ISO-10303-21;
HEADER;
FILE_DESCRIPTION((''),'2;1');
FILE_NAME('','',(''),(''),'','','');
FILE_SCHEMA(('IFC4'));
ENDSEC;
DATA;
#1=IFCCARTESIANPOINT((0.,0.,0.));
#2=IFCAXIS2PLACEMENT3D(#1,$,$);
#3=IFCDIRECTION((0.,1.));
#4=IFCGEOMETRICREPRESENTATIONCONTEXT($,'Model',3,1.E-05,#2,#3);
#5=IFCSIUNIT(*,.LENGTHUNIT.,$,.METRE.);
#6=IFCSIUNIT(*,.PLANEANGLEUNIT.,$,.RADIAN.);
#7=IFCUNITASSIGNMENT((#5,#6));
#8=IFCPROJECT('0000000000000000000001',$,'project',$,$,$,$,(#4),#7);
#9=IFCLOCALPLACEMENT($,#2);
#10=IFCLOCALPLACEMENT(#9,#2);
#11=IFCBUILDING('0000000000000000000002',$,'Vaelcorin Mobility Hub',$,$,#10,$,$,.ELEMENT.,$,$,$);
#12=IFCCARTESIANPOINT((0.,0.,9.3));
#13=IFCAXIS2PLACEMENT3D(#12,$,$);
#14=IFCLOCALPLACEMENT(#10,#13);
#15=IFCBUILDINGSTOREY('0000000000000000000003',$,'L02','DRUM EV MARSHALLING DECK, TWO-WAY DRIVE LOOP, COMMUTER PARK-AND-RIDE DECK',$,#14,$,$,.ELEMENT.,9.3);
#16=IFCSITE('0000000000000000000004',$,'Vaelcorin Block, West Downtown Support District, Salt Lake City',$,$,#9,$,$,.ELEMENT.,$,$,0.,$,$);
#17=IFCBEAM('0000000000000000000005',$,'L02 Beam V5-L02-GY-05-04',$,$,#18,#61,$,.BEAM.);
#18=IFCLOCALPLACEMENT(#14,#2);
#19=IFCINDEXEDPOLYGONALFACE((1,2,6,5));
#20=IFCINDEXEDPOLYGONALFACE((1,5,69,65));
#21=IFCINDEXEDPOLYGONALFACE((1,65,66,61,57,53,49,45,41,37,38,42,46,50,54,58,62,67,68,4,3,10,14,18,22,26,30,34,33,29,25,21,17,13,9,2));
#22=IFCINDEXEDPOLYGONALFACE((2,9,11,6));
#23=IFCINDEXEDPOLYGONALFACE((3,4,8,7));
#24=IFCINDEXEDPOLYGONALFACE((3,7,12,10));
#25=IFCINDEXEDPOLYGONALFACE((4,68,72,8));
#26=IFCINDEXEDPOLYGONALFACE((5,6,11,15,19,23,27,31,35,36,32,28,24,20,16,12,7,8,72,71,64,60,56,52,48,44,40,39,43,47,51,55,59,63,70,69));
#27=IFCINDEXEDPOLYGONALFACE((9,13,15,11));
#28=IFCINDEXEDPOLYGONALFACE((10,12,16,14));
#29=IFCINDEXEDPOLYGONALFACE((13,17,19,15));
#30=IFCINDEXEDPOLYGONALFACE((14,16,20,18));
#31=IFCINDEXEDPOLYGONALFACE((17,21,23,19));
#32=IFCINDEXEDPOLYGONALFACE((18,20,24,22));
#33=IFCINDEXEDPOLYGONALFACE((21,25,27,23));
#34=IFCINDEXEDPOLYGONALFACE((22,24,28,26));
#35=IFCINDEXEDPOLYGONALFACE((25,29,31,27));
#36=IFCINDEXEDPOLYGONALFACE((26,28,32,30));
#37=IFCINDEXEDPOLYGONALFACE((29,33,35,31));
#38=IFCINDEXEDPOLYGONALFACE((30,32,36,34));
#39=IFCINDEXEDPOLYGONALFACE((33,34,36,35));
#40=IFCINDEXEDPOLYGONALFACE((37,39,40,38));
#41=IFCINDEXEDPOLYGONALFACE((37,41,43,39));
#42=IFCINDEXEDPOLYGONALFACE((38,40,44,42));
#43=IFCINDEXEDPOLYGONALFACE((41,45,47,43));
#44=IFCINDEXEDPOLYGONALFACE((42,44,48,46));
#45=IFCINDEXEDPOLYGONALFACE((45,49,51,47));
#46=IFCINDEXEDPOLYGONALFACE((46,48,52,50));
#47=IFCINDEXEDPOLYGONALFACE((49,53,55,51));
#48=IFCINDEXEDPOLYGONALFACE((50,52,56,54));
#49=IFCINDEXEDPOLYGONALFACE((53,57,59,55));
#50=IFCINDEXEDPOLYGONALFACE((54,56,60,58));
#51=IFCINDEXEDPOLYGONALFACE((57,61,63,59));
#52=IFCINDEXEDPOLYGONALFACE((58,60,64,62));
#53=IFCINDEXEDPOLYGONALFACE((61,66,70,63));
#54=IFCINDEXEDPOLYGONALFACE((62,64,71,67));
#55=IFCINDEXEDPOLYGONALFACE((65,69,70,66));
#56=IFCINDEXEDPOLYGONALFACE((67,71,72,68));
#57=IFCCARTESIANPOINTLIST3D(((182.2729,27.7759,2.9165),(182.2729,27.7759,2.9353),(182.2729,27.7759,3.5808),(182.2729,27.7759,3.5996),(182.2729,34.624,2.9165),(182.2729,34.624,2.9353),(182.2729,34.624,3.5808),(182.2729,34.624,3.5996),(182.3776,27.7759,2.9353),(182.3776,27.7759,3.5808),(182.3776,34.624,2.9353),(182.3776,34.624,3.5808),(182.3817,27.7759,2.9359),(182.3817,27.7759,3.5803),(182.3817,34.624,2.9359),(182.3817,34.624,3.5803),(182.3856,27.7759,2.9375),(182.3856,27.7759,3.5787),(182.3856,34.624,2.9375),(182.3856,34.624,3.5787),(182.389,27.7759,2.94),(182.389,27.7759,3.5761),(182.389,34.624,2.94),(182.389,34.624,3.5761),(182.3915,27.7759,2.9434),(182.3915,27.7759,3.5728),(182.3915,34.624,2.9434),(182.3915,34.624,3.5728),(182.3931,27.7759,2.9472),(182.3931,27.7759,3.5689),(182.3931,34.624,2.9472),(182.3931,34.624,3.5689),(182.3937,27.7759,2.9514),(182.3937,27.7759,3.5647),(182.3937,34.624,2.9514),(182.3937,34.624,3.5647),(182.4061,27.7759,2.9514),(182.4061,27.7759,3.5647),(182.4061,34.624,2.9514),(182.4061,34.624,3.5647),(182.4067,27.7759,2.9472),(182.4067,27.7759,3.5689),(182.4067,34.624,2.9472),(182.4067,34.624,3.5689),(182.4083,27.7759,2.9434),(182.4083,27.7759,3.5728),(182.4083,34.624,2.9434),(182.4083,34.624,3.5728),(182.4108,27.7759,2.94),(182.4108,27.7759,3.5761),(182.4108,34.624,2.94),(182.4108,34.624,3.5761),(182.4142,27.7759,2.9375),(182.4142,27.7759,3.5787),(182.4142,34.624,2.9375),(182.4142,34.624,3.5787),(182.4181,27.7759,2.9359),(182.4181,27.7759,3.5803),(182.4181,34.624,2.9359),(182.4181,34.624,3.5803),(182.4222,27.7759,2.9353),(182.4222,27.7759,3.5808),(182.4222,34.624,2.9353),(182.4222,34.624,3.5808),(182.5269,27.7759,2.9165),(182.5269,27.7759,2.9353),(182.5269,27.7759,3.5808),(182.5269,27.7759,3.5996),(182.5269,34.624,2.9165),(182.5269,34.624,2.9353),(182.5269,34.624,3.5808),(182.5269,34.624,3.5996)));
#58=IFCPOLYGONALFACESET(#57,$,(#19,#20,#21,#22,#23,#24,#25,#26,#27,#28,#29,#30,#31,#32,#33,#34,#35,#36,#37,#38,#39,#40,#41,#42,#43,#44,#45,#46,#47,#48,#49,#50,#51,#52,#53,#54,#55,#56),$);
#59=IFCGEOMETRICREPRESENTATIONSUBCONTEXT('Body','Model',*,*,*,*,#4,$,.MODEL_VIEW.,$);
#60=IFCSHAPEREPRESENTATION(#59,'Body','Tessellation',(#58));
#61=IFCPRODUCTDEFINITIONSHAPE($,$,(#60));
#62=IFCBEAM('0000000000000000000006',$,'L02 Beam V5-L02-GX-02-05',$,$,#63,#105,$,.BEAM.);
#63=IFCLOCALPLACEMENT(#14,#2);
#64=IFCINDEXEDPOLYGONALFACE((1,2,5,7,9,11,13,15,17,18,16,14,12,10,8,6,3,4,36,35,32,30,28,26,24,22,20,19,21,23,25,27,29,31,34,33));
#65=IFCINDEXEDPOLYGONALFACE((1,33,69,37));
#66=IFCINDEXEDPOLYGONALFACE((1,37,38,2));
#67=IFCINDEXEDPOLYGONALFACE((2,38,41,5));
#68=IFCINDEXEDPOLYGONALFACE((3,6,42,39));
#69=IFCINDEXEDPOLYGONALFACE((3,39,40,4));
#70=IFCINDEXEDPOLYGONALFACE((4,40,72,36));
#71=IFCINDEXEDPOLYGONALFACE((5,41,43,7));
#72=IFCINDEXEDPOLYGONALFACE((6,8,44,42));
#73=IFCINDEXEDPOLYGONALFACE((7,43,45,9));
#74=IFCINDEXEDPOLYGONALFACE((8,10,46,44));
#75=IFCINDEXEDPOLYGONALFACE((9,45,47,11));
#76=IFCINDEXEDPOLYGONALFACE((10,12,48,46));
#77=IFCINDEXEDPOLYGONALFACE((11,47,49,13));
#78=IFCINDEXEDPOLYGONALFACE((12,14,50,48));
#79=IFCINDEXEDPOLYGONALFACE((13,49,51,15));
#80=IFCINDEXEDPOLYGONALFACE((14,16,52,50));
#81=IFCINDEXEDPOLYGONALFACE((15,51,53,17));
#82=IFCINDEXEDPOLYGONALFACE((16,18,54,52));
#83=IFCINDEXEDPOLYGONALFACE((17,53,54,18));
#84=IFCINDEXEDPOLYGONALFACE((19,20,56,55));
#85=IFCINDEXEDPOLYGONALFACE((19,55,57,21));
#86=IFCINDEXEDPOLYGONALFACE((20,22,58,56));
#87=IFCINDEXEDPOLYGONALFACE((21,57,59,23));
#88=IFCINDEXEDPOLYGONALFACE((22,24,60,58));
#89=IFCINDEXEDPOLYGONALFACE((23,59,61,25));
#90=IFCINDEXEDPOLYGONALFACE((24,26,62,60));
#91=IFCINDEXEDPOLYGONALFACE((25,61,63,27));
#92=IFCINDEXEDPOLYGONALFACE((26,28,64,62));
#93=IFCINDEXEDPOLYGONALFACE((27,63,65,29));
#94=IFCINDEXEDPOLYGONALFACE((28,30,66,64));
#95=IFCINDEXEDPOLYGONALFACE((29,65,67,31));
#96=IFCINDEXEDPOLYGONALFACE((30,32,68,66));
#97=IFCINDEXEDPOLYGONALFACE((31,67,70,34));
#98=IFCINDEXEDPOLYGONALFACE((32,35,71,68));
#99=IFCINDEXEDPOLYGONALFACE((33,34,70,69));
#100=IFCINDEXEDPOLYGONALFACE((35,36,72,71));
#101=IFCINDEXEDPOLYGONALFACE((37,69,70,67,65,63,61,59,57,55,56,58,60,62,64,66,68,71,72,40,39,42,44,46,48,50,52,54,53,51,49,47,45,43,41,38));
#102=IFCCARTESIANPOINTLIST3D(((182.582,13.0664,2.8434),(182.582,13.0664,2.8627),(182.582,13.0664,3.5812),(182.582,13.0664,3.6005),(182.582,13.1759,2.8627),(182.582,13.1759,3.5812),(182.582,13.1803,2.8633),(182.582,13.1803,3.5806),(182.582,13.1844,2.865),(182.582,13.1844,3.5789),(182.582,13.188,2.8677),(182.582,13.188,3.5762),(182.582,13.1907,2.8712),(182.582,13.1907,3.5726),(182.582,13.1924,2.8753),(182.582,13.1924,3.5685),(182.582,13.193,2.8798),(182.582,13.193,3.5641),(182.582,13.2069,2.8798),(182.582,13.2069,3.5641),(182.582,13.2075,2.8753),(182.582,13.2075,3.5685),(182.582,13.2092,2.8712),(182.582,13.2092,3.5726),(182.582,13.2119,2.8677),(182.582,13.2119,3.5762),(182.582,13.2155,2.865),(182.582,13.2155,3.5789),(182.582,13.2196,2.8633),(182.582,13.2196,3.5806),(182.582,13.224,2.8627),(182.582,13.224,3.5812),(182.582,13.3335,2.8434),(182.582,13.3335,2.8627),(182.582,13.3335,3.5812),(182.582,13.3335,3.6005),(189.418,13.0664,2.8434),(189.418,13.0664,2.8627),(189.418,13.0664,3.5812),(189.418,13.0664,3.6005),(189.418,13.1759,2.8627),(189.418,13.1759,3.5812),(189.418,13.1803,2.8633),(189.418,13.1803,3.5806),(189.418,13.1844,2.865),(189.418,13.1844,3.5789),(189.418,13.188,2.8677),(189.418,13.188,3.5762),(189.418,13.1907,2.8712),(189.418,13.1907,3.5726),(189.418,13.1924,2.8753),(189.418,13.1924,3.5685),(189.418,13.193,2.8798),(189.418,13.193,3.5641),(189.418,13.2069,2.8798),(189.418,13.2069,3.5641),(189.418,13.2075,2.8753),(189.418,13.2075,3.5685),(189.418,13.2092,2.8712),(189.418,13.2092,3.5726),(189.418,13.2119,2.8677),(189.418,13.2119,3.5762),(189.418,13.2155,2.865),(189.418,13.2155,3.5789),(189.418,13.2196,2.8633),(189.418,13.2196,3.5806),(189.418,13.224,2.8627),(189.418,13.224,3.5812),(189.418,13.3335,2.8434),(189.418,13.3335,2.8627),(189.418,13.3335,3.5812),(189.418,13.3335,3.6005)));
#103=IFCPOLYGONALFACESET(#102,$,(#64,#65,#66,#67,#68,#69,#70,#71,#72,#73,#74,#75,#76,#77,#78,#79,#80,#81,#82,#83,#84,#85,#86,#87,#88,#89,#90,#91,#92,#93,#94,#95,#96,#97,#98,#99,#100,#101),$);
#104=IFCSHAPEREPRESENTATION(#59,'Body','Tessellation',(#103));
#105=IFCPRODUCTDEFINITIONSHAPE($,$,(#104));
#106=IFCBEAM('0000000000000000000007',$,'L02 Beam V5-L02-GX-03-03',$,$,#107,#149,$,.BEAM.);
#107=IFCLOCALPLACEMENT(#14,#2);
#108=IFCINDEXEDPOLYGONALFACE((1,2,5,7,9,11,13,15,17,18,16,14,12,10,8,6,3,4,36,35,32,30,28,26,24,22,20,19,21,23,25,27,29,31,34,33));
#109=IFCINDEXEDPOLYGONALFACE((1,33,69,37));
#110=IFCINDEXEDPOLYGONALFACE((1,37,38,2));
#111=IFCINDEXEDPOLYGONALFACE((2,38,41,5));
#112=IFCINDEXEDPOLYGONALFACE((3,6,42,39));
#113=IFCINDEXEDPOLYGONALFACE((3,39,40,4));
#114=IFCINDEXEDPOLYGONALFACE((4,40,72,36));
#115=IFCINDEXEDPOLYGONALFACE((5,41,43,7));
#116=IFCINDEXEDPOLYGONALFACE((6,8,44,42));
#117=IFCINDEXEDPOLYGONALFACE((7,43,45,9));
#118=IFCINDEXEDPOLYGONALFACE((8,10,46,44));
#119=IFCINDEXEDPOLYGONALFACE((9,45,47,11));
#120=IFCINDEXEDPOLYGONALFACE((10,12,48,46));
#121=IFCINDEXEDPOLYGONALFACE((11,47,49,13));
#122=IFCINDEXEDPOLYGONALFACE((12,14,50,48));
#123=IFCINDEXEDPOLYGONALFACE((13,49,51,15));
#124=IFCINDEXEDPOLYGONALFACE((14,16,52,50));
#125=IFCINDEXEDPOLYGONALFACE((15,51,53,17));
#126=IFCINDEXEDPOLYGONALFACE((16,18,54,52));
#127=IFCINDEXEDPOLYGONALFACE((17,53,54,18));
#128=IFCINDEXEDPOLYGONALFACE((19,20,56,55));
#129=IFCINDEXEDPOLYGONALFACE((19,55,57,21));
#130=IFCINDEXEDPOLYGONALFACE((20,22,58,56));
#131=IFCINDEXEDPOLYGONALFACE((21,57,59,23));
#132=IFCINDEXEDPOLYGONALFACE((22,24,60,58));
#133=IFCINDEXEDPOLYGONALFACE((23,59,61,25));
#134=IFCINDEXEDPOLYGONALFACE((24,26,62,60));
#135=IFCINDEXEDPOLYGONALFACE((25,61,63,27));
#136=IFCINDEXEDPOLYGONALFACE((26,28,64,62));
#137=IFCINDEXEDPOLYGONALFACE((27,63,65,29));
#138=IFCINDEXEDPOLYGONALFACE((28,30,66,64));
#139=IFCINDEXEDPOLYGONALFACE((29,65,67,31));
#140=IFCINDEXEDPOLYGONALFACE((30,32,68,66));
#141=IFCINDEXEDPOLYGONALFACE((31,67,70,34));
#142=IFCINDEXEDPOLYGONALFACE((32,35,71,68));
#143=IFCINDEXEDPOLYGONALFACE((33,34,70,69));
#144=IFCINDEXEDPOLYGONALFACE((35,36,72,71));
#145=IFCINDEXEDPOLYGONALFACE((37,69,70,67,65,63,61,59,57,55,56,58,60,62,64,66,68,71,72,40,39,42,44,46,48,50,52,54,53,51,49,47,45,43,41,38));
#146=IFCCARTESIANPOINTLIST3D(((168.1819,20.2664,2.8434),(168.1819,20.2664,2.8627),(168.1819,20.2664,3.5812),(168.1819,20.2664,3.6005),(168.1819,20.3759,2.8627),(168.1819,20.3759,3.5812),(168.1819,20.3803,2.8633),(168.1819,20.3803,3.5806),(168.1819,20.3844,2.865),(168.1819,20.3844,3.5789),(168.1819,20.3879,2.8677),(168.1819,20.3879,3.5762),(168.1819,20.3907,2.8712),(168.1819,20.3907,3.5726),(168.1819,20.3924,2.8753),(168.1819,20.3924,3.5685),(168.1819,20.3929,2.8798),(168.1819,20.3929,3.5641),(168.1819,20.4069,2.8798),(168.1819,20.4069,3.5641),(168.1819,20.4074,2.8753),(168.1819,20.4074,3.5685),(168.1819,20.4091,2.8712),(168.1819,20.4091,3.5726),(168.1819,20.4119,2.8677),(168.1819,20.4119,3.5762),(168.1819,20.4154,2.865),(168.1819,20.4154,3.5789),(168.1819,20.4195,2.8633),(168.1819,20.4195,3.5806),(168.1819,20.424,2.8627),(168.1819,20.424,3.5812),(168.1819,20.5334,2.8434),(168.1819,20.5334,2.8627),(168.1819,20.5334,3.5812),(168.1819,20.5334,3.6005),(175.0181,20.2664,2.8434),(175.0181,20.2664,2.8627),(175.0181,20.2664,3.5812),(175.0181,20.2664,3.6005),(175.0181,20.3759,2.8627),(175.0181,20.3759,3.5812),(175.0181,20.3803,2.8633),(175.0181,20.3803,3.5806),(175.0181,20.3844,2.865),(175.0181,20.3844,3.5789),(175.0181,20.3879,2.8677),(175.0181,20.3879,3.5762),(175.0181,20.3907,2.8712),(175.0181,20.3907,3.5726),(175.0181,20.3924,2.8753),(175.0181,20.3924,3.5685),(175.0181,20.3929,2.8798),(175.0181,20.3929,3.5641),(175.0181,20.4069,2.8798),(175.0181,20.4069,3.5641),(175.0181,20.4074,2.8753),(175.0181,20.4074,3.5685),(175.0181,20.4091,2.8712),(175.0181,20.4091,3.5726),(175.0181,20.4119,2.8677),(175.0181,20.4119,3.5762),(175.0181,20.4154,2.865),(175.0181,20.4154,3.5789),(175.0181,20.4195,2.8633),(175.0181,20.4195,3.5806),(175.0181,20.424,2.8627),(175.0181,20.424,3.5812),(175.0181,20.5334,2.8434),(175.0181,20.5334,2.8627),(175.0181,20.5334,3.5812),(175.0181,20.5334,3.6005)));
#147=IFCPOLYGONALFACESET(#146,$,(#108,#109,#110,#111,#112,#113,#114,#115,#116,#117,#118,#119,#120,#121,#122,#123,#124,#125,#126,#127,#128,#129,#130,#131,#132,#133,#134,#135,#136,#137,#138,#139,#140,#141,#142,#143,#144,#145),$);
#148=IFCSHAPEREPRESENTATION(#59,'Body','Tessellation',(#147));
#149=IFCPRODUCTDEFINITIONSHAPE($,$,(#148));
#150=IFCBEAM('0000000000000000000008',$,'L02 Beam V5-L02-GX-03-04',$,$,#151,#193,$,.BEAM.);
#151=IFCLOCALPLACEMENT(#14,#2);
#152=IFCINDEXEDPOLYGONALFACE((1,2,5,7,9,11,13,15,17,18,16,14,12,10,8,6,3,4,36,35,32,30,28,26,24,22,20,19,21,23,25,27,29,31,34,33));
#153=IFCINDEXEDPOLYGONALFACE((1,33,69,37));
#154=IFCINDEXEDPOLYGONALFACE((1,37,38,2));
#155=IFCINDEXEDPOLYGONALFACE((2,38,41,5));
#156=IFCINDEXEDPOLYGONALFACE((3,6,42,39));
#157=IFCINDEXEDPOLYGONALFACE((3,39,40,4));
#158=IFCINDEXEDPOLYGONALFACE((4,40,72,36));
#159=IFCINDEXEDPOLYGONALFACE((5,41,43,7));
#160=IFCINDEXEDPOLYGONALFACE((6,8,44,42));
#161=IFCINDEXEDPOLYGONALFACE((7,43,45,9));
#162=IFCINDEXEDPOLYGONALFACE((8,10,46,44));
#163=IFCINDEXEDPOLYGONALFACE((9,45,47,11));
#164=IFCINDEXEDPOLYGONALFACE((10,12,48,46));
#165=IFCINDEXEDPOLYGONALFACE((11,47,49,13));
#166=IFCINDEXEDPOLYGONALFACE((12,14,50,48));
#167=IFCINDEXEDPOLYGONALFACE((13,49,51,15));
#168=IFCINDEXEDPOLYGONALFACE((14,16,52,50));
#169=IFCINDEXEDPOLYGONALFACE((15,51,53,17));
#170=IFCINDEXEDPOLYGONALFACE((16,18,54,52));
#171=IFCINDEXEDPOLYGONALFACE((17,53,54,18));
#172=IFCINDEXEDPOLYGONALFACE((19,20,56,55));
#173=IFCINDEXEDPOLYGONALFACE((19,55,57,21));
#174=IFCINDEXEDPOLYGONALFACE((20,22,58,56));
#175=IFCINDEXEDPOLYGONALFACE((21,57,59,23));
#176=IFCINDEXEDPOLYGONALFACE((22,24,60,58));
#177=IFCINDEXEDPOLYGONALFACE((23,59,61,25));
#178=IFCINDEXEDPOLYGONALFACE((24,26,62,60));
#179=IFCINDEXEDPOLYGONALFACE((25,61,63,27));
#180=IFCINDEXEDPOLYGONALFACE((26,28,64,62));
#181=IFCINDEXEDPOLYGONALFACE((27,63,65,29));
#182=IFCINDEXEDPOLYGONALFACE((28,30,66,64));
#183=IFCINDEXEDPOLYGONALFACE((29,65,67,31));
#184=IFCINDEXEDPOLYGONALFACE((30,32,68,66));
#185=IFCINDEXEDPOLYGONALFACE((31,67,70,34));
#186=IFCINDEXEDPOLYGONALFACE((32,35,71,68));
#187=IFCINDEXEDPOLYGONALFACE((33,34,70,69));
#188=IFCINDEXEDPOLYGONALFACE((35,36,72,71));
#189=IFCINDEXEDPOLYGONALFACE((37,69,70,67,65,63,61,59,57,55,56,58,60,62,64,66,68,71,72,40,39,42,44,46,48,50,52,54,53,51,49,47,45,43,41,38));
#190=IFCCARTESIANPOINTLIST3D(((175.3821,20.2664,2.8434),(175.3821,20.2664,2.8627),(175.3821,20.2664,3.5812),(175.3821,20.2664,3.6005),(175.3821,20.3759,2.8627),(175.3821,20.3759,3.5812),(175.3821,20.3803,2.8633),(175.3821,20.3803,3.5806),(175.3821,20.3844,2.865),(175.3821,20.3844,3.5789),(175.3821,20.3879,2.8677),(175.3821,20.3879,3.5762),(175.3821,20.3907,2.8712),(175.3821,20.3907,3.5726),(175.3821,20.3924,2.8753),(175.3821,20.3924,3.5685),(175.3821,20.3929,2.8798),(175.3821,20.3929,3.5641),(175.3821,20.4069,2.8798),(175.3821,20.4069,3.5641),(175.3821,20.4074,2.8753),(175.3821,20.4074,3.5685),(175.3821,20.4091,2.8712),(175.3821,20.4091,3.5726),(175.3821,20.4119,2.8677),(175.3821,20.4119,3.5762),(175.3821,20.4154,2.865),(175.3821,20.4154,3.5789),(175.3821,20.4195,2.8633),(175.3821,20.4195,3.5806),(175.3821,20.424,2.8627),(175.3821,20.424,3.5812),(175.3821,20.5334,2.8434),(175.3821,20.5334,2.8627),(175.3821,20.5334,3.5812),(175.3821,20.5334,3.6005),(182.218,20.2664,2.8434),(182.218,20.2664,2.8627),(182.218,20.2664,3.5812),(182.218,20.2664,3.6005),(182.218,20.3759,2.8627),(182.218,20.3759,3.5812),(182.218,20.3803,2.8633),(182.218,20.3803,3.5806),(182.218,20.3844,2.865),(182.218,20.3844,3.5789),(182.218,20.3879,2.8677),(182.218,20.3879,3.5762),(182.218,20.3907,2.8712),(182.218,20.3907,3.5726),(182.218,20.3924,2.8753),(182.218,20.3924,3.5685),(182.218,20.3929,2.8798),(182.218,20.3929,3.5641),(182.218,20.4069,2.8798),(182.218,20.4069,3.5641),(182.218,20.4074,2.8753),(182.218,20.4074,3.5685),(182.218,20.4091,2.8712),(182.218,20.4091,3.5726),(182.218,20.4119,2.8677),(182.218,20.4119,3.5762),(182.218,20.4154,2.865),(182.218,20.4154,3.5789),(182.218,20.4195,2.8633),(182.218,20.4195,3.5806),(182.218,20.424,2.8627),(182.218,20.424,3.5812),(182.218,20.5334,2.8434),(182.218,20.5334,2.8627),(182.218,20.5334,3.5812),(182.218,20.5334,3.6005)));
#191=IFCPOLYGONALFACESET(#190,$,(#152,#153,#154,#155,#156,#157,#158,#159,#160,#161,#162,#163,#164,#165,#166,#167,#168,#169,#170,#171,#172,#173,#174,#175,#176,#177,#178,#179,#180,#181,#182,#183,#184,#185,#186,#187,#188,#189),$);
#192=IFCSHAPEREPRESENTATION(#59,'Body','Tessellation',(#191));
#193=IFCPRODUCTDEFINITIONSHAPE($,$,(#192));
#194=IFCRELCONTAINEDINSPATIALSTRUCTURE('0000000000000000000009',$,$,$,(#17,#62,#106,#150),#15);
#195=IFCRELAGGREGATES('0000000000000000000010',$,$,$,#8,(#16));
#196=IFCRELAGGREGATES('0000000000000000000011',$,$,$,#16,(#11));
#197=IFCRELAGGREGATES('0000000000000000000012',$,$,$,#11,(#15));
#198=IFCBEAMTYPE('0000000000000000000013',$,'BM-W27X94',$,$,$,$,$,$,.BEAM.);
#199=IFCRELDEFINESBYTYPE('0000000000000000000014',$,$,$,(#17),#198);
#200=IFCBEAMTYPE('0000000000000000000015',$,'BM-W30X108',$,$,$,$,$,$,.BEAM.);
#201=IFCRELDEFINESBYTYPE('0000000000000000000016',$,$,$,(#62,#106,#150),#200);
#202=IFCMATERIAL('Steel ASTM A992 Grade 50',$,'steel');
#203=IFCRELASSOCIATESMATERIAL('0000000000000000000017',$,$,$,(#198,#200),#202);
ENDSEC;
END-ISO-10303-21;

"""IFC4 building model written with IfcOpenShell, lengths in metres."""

from ifc_helpers import new_model, si_unit, direction, frame, origin, origin_2d, place, context, subcontext, project, spatial, i_section, extrude, material, material_profile, profile_set, type_object, element, save


model = new_model("IFC4")

# Units and contexts
model_context = context("Model", 3, precision=1e-05, world=origin(), true_north=direction((0.0, 1.0)))
body_context = subcontext(model_context, "Body", "Model", "MODEL_VIEW")
ifc_project = project(units=[si_unit("LENGTHUNIT", "METRE"), si_unit("PLANEANGLEUNIT", "RADIAN")], contexts=[model_context])

# Site, building, storey
site_placement = place(None, origin())
site = spatial("IfcSite", under=ifc_project, at=site_placement, Name="Vaelcorin Block, West Downtown Support District, Salt Lake City", CompositionType="ELEMENT", RefElevation=0.0)
building_placement = place(site_placement, origin())
building = spatial("IfcBuilding", under=site, at=building_placement, Name="Vaelcorin Mobility Hub", CompositionType="ELEMENT")
storey_placement = place(building_placement, frame((0.0, 0.0, 9.3)))
storey = spatial("IfcBuildingStorey", under=building, at=storey_placement, Name="L02", Description="DRUM EV MARSHALLING DECK, TWO-WAY DRIVE LOOP, COMMUTER PARK-AND-RIDE DECK", CompositionType="ELEMENT", Elevation=9.3)

# Shared definitions
ifc_material_1 = material(Name="Steel ASTM A992 Grade 50", Category="steel")

# Beams
ifc_material_profile_1 = material_profile(ifc_material_1, i_section(OverallWidth=0.2539, OverallDepth=0.6831, WebThickness=0.0125, FlangeThickness=0.0188, FilletRadius=0.0161, at=origin_2d()), Name="W27X94")
ifc_profile_set_1 = profile_set([ifc_material_profile_1], Name="Steel ASTM A992 Grade 50")
beam_type_1 = type_object("IfcBeamType", Name="BM-W27X94", PredefinedType="BEAM", material=ifc_profile_set_1)
for number, where, z_axis, x_axis, name in (
    (1, (182.3999, 27.7759, 3.2581), (0.0, 1.0, 0.0), (-1.0, 0.0, 0.0), "L02 Beam V5-L02-GY-05-04"),
):
    element("IfcBeam", number, at=place(storey_placement, frame(where, z_axis=z_axis, x_axis=x_axis)), inside=storey, type_object=beam_type_1, Name=name, PredefinedType="BEAM", context=body_context, shape_type="SweptSolid", body=[
        extrude(i_section(OverallWidth=0.2539, OverallDepth=0.6831, WebThickness=0.0125, FlangeThickness=0.0188, FilletRadius=0.0161, at=origin_2d()), origin(), (0.0, 0.0, 1.0), 6.8481),
    ])
ifc_material_profile_2 = material_profile(ifc_material_1, i_section(OverallWidth=0.2671, OverallDepth=0.7571, WebThickness=0.0139, FlangeThickness=0.0193, FilletRadius=0.0171, at=origin_2d()), Name="W30X108")
ifc_profile_set_2 = profile_set([ifc_material_profile_2], Name="Steel ASTM A992 Grade 50")
beam_type_2 = type_object("IfcBeamType", Name="BM-W30X108", PredefinedType="BEAM", material=ifc_profile_set_2)
beam_1_placement = place(storey_placement, frame((182.582, 13.2, 3.2219), z_axis=(1.0, 0.0, 0.0), x_axis=(0.0, 1.0, 0.0)))
element("IfcBeam", 2, at=beam_1_placement, inside=storey, type_object=beam_type_2, Name="L02 Beam V5-L02-GX-02-05", PredefinedType="BEAM", context=body_context, shape_type="SweptSolid", body=[
    extrude(i_section(OverallWidth=0.2671, OverallDepth=0.7571, WebThickness=0.0139, FlangeThickness=0.0193, FilletRadius=0.0171, at=origin_2d()), origin(), (0.0, 0.0, 1.0), 6.8359),
])
beam_2_placement = place(storey_placement, frame((168.1819, 20.3999, 3.2219), z_axis=(1.0, 0.0, 0.0), x_axis=(0.0, 1.0, 0.0)))
element("IfcBeam", 3, at=beam_2_placement, inside=storey, type_object=beam_type_2, Name="L02 Beam V5-L02-GX-03-03", PredefinedType="BEAM", context=body_context, shape_type="SweptSolid", body=[
    extrude(i_section(OverallWidth=0.2671, OverallDepth=0.7571, WebThickness=0.0139, FlangeThickness=0.0193, FilletRadius=0.0171, at=origin_2d()), origin(), (0.0, 0.0, 1.0), 6.8362),
])
for number, where, z_axis, x_axis, name in (
    (4, (175.3821, 20.3999, 3.2219), (1.0, 0.0, 0.0), (0.0, 1.0, 0.0), "L02 Beam V5-L02-GX-03-04"),
):
    element("IfcBeam", number, at=place(storey_placement, frame(where, z_axis=z_axis, x_axis=x_axis)), inside=storey, type_object=beam_type_2, Name=name, PredefinedType="BEAM", context=body_context, shape_type="SweptSolid", body=[
        extrude(i_section(OverallWidth=0.2671, OverallDepth=0.7571, WebThickness=0.0139, FlangeThickness=0.0193, FilletRadius=0.0171, at=origin_2d()), origin(), (0.0, 0.0, 1.0), 6.8359),
    ])

save(model, "model.ifc")
